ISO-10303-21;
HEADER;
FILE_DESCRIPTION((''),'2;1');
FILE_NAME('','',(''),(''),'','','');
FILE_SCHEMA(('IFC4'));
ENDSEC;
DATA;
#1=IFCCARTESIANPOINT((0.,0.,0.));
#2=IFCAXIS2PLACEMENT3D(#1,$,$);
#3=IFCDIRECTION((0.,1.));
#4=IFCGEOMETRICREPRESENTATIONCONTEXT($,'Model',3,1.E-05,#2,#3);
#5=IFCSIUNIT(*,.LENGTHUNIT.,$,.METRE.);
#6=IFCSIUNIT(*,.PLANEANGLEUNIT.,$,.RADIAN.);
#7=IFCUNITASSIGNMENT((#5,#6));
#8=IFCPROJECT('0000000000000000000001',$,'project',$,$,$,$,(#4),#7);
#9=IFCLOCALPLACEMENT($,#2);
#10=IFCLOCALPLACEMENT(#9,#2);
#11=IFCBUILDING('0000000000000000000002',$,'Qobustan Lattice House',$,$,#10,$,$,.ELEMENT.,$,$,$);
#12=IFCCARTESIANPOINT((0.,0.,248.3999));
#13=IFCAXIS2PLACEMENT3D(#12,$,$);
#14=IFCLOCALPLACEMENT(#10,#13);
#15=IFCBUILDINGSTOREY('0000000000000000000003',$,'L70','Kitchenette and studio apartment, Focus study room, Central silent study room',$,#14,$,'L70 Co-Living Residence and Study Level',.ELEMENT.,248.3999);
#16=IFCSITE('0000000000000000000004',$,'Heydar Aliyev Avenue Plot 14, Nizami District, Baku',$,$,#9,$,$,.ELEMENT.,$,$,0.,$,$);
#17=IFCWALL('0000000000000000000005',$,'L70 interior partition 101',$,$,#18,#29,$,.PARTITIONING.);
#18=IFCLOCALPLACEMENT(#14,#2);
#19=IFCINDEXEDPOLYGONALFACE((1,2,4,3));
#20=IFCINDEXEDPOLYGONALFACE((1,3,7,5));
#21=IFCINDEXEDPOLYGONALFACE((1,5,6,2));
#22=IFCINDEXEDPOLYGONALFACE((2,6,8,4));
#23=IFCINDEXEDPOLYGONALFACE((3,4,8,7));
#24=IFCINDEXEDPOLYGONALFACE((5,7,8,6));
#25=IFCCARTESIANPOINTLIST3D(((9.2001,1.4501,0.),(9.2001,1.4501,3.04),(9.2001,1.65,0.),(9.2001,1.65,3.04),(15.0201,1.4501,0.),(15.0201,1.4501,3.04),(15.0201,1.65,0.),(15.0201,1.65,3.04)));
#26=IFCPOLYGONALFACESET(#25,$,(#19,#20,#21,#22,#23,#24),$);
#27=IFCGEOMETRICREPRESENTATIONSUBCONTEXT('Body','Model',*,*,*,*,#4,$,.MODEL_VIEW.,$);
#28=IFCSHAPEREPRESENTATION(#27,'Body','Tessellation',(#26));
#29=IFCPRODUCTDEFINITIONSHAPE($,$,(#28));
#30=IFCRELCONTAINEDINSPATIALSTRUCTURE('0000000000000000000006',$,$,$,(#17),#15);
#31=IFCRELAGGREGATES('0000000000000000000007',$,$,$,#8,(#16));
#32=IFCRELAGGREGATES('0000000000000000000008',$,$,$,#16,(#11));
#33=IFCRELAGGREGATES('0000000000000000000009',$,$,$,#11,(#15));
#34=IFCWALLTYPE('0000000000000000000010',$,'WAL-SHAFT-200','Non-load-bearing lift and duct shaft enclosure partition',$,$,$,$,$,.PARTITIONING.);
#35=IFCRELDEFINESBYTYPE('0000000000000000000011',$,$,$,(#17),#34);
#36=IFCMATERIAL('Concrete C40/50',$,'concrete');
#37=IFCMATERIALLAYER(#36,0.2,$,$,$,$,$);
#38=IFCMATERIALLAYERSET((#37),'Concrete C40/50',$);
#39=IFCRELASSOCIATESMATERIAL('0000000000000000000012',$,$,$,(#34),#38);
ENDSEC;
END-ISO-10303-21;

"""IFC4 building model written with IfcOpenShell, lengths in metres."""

from ifc_helpers import new_model, si_unit, direction, frame, frame_2d, origin, place, context, subcontext, project, spatial, rectangle, extrude, material, layer, layer_set, type_object, element, save


model = new_model("IFC4")

# Units and contexts
model_context = context("Model", 3, precision=1e-05, world=origin(), true_north=direction((0.0, 1.0)))
body_context = subcontext(model_context, "Body", "Model", "MODEL_VIEW")
ifc_project = project(units=[si_unit("LENGTHUNIT", "METRE"), si_unit("PLANEANGLEUNIT", "RADIAN")], contexts=[model_context])

# Site, building, storey
site_placement = place(None, origin())
site = spatial("IfcSite", under=ifc_project, at=site_placement, Name="Heydar Aliyev Avenue Plot 14, Nizami District, Baku", CompositionType="ELEMENT", RefElevation=0.0)
building_placement = place(site_placement, origin())
building = spatial("IfcBuilding", under=site, at=building_placement, Name="Qobustan Lattice House", CompositionType="ELEMENT")
storey_placement = place(building_placement, frame((0.0, 0.0, 248.3999)))
storey = spatial("IfcBuildingStorey", under=building, at=storey_placement, Name="L70", Description="Kitchenette and studio apartment, Focus study room, Central silent study room", LongName="L70 Co-Living Residence and Study Level", CompositionType="ELEMENT", Elevation=248.3999)

# Wall
ifc_material_1 = material(Name="Concrete C40/50", Category="concrete")
ifc_layer_1 = layer(ifc_material_1, 0.2)
ifc_layer_set_1 = layer_set([ifc_layer_1], Name="Concrete C40/50")
wall_type_1 = type_object("IfcWallType", Name="WAL-SHAFT-200", Description="Non-load-bearing lift and duct shaft enclosure partition", PredefinedType="PARTITIONING", material=ifc_layer_set_1)
wall_1_placement = place(storey_placement, frame((9.2, 1.55, 0.0), z_axis=(0.0, 0.0, 1.0), x_axis=(1.0, 0.0, 0.0)))
element("IfcWall", 1, at=wall_1_placement, inside=storey, type_object=wall_type_1, Name="L70 interior partition 101", PredefinedType="PARTITIONING", context=body_context, shape_type="SweptSolid", body=[
    extrude(rectangle(XDim=5.8201, YDim=0.2, at=frame_2d((2.9102, 0.0))), origin(), (0.0, 0.0, 1.0), 3.04),
])

save(model, "model.ifc")
